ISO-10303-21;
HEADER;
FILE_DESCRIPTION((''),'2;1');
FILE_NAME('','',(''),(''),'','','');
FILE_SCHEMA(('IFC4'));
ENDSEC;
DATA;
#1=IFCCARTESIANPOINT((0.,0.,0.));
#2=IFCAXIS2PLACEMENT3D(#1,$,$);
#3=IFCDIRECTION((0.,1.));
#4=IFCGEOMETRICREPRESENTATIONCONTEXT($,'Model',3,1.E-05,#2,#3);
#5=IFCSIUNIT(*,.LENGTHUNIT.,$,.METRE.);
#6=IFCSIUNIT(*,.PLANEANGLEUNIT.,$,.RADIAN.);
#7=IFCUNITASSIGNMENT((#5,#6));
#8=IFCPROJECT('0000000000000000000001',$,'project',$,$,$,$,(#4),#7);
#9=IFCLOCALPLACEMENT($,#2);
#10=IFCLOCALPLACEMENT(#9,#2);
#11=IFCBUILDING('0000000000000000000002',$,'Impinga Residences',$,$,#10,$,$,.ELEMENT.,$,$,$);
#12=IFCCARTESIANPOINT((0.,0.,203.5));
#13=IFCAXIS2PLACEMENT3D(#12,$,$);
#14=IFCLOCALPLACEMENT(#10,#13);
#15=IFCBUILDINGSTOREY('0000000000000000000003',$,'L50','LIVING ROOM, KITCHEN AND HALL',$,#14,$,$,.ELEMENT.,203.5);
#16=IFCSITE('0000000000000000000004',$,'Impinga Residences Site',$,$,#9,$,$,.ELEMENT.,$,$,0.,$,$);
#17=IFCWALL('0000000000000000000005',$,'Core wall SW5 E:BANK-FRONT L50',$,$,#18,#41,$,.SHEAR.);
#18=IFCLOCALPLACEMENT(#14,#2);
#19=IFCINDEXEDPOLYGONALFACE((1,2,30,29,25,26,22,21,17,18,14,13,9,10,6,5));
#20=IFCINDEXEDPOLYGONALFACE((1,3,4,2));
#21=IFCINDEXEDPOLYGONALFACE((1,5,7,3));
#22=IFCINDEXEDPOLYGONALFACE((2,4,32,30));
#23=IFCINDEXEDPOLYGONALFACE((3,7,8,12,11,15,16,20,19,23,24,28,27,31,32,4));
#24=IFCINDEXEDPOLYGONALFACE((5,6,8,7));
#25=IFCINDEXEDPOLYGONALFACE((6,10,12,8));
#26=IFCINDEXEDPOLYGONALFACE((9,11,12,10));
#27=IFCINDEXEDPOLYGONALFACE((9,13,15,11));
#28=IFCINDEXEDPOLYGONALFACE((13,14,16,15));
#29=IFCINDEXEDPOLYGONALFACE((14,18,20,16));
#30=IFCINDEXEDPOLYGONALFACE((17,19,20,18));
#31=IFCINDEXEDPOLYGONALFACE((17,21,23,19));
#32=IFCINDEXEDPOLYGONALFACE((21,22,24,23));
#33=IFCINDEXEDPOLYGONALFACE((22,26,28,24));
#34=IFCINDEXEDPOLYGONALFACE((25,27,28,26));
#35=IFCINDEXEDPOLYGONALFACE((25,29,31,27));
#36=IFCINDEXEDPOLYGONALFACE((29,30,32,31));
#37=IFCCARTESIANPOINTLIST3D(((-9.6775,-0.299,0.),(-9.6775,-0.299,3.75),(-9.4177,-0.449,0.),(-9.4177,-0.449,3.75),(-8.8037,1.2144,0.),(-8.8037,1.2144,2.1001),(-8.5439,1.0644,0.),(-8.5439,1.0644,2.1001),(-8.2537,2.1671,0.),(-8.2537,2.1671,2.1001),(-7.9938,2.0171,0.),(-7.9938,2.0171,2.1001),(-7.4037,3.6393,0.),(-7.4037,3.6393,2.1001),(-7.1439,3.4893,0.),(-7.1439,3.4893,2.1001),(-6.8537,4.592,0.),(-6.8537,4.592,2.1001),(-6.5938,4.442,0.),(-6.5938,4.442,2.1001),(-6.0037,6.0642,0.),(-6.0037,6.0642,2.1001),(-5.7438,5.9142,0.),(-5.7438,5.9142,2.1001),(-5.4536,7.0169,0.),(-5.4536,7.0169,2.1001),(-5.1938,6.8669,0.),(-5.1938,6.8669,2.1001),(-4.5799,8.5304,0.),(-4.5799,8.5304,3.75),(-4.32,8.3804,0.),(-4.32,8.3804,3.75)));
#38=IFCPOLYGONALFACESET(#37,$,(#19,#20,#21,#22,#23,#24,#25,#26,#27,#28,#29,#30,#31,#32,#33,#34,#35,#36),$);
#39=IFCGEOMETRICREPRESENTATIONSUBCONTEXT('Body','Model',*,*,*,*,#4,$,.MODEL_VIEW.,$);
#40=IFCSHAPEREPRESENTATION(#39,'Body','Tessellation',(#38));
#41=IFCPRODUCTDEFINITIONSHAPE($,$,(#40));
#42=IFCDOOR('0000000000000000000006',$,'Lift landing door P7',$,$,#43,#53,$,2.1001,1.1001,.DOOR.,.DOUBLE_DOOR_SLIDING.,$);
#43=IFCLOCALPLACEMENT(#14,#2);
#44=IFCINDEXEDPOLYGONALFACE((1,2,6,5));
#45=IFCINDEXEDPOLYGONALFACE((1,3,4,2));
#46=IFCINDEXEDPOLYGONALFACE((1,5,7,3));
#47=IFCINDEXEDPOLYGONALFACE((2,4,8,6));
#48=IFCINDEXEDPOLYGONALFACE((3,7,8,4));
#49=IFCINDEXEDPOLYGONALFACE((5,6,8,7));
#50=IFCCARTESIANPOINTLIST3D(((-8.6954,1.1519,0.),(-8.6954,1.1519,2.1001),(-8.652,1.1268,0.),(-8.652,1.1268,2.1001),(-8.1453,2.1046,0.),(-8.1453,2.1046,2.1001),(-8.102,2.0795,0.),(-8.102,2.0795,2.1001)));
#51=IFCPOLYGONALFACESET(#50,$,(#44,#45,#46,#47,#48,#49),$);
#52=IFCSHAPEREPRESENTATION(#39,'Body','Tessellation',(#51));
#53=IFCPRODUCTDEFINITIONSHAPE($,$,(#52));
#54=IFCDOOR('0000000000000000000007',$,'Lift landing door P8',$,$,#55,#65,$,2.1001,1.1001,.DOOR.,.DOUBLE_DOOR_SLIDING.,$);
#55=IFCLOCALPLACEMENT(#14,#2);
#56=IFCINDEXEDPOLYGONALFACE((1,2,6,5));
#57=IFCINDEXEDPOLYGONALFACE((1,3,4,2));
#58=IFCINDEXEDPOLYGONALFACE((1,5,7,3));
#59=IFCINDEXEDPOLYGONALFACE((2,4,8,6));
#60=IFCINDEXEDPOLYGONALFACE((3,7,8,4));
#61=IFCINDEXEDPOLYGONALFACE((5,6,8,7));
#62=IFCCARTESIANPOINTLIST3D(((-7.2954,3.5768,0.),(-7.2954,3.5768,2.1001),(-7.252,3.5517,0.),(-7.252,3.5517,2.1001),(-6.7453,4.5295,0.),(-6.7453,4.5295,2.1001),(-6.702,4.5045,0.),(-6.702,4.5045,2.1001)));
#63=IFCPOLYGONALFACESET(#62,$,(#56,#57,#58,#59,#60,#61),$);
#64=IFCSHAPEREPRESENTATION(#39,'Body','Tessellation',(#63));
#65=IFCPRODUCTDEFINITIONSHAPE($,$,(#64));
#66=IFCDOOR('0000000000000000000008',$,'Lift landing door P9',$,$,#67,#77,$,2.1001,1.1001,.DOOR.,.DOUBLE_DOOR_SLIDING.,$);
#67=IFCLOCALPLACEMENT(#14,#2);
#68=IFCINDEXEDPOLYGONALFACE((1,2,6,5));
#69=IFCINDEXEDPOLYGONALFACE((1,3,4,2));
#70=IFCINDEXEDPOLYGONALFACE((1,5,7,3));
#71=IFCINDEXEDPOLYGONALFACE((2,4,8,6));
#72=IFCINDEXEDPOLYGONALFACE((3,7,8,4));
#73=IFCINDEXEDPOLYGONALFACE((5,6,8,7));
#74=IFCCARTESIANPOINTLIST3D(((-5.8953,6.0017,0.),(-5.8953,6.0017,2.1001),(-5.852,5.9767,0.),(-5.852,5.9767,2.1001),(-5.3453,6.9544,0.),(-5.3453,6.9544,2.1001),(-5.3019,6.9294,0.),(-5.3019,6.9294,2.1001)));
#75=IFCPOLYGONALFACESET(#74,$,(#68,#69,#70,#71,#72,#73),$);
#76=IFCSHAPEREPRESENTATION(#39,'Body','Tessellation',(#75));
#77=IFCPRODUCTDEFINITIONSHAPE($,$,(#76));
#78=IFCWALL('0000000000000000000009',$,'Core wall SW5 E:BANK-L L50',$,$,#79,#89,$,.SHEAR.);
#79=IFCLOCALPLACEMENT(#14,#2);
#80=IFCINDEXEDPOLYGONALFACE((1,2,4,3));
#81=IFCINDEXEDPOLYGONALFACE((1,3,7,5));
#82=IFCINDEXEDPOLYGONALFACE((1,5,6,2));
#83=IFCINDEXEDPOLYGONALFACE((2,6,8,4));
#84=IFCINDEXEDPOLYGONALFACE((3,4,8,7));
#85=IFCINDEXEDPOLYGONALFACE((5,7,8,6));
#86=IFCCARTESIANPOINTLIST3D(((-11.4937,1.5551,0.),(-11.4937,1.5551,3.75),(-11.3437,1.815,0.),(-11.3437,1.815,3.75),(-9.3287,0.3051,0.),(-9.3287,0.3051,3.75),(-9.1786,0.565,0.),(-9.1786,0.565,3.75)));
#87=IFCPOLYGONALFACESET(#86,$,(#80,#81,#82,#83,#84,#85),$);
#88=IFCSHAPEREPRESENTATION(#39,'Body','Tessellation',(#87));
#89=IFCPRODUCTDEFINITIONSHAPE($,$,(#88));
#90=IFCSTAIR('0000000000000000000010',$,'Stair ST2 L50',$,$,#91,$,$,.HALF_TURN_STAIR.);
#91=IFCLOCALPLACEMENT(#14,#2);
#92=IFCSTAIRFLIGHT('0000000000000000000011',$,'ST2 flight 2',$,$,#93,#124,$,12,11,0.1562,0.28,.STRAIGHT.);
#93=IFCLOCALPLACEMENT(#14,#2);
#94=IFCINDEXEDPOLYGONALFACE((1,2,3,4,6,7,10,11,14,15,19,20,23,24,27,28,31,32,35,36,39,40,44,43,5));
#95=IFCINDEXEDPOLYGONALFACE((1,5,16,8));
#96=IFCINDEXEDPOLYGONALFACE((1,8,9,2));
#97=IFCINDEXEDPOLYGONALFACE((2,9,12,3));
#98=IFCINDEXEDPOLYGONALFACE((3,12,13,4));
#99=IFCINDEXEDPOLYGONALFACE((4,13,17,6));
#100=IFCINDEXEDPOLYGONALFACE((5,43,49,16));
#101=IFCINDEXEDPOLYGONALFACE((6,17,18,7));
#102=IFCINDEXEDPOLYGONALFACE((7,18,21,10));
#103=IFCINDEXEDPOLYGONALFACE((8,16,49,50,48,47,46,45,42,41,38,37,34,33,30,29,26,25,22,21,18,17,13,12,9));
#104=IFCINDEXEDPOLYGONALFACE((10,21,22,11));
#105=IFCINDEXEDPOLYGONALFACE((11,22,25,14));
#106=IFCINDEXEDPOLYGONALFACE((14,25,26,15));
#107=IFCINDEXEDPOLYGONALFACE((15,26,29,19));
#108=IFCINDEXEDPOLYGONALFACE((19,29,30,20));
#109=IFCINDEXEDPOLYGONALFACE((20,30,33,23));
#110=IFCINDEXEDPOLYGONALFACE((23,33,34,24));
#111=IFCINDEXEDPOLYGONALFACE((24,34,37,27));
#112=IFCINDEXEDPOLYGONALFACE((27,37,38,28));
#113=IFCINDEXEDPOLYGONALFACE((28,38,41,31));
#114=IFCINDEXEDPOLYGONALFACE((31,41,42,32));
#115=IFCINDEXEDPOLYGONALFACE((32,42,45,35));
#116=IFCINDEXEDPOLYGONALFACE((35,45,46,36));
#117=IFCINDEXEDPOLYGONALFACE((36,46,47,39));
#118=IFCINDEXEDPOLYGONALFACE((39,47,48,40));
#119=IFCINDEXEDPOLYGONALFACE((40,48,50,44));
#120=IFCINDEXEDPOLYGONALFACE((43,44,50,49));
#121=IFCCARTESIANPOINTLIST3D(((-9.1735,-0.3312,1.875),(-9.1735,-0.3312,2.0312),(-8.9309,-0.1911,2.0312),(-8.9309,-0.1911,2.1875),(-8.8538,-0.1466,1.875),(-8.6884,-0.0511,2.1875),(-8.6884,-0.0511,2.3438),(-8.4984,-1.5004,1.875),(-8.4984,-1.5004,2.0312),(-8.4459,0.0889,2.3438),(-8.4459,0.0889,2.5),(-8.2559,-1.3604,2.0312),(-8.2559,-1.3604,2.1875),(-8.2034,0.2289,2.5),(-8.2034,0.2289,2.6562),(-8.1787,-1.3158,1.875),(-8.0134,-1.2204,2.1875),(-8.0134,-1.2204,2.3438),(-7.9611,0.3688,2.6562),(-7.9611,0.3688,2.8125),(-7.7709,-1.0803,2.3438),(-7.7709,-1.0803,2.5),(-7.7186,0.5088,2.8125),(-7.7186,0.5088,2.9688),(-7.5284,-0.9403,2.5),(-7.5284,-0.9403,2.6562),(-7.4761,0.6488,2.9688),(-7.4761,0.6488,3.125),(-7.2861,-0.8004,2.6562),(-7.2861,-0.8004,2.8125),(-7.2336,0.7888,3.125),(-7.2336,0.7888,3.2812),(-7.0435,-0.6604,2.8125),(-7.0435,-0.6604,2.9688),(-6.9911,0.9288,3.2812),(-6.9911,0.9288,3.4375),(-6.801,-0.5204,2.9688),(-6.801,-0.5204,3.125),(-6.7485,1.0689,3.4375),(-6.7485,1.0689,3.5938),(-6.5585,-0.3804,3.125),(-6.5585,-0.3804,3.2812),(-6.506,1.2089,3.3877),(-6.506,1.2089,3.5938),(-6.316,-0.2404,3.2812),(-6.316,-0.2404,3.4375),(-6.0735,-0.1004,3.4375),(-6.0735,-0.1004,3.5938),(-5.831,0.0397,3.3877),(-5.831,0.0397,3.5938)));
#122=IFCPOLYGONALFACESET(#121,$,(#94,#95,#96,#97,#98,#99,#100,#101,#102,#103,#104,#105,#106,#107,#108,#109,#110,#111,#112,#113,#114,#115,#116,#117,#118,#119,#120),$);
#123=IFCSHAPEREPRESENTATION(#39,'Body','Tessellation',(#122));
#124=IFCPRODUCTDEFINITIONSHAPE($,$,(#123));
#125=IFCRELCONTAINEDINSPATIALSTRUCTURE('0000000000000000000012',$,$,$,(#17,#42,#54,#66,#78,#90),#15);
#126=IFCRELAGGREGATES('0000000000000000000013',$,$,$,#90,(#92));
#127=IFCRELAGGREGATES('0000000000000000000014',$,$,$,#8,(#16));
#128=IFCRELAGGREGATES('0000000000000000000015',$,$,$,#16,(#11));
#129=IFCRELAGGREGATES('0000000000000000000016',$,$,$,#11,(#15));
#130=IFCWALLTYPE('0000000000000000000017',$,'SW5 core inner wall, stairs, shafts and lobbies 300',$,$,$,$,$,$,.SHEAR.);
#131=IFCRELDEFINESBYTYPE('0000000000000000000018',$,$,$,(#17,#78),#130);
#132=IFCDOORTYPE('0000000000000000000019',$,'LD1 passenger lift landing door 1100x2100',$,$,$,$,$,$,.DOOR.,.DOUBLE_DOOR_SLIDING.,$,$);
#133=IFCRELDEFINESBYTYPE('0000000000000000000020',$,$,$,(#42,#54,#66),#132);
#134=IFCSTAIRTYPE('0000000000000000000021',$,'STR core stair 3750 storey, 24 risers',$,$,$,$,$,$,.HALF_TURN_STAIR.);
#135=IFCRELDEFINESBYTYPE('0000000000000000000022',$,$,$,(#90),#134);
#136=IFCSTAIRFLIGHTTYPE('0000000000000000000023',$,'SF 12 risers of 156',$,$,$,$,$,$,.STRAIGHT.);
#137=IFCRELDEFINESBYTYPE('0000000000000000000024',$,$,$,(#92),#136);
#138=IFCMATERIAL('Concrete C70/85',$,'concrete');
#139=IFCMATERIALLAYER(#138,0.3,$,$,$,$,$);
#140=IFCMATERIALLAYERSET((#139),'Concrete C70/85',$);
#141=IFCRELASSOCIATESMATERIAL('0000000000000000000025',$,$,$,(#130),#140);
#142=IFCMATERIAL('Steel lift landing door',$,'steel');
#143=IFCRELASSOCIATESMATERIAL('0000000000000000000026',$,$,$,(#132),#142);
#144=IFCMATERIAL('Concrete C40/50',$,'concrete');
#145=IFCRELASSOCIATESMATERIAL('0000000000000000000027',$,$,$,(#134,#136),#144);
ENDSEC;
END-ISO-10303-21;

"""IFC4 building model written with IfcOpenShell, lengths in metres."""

from ifc_helpers import new_model, si_unit, direction, frame, frame_2d, origin, place, context, subcontext, project, spatial, polyline, rectangle, outline, extrude, material, layer, layer_set, type_object, element, fill, aggregate, save


model = new_model("IFC4")

# Units and contexts
model_context = context("Model", 3, precision=1e-05, world=origin(), true_north=direction((0.0, 1.0)))
body_context = subcontext(model_context, "Body", "Model", "MODEL_VIEW")
ifc_project = project(units=[si_unit("LENGTHUNIT", "METRE"), si_unit("PLANEANGLEUNIT", "RADIAN")], contexts=[model_context])

# Site, building, storey
site_placement = place(None, origin())
site = spatial("IfcSite", under=ifc_project, at=site_placement, Name="Impinga Residences Site", CompositionType="ELEMENT", RefElevation=0.0)
building_placement = place(site_placement, origin())
building = spatial("IfcBuilding", under=site, at=building_placement, Name="Impinga Residences", CompositionType="ELEMENT")
storey_placement = place(building_placement, frame((0.0, 0.0, 203.5)))
storey = spatial("IfcBuildingStorey", under=building, at=storey_placement, Name="L50", Description="LIVING ROOM, KITCHEN AND HALL", CompositionType="ELEMENT", Elevation=203.5)

# Wall, openings, doors
ifc_material_1 = material(Name="Concrete C70/85", Category="concrete")
ifc_layer_1 = layer(ifc_material_1, 0.3)
ifc_layer_set_1 = layer_set([ifc_layer_1], Name="Concrete C70/85")
wall_type_1 = type_object("IfcWallType", Name="SW5 core inner wall, stairs, shafts and lobbies 300", PredefinedType="SHEAR", material=ifc_layer_set_1)
wall_1_placement = place(storey_placement, frame((-9.5476, -0.374, 0.0), z_axis=(0.0, 0.0, 1.0), x_axis=(0.500002, 0.866024, 0.0)))
wall_1 = element("IfcWall", 1, at=wall_1_placement, inside=storey, type_object=wall_type_1, Name="Core wall SW5 E:BANK-FRONT L50", PredefinedType="SHEAR", context=body_context, shape_type="SweptSolid", body=[
    extrude(rectangle(XDim=10.1953, YDim=0.3, at=frame_2d((5.0977, 0.0))), origin(), (0.0, 0.0, 1.0), 3.75),
])
opening_1_placement = place(wall_1_placement, frame((1.7476, 0.0, 0.0)))
opening_1 = element("IfcOpeningElement", 2, at=opening_1_placement, cuts=wall_1, PredefinedType="OPENING", context=body_context, shape_type="SweptSolid", body=[
    extrude(rectangle(XDim=1.1001, YDim=2.1001, at=frame_2d((0.55, 1.05))), frame((0.0, 0.1599, 0.0), z_axis=(0.0, -1.0, 0.0), x_axis=(1.0, 0.0, 0.0)), (0.0, 0.0, 1.0), 0.3201),
])
opening_2_placement = place(wall_1_placement, frame((4.5476, 0.0, 0.0)))
opening_2 = element("IfcOpeningElement", 3, at=opening_2_placement, cuts=wall_1, PredefinedType="OPENING", context=body_context, shape_type="SweptSolid", body=[
    extrude(rectangle(XDim=1.1001, YDim=2.1001, at=frame_2d((0.55, 1.05))), frame((0.0, 0.1599, 0.0), z_axis=(0.0, -1.0, 0.0), x_axis=(1.0, 0.0, 0.0)), (0.0, 0.0, 1.0), 0.3201),
])
opening_3_placement = place(wall_1_placement, frame((7.3477, 0.0, 0.0)))
opening_3 = element("IfcOpeningElement", 4, at=opening_3_placement, cuts=wall_1, PredefinedType="OPENING", context=body_context, shape_type="SweptSolid", body=[
    extrude(rectangle(XDim=1.1001, YDim=2.1001, at=frame_2d((0.55, 1.05))), frame((0.0, 0.1599, 0.0), z_axis=(0.0, -1.0, 0.0), x_axis=(1.0, 0.0, 0.0)), (0.0, 0.0, 1.0), 0.3201),
])
ifc_material_2 = material(Name="Steel lift landing door", Category="steel")
door_type_1 = type_object("IfcDoorType", Name="LD1 passenger lift landing door 1100x2100", OperationType="DOUBLE_DOOR_SLIDING", PredefinedType="DOOR", material=ifc_material_2)
door_1_placement = place(opening_1_placement, origin())
door_1 = element("IfcDoor", 5, at=door_1_placement, inside=storey, type_object=door_type_1, Name="Lift landing door P7", OperationType="DOUBLE_DOOR_SLIDING", OverallHeight=2.1001, OverallWidth=1.1001, PredefinedType="DOOR", context=body_context, shape_type="SweptSolid", body=[
    extrude(rectangle(XDim=1.1001, YDim=2.1001, at=frame_2d((0.55, 1.05))), frame((0.0, 0.0249, 0.0), z_axis=(0.0, -1.0, 0.0), x_axis=(1.0, 0.0, 0.0)), (0.0, 0.0, 1.0), 0.05),
])
fill(opening_1, door_1)
door_2_placement = place(opening_2_placement, origin())
door_2 = element("IfcDoor", 6, at=door_2_placement, inside=storey, type_object=door_type_1, Name="Lift landing door P8", OperationType="DOUBLE_DOOR_SLIDING", OverallHeight=2.1001, OverallWidth=1.1001, PredefinedType="DOOR", context=body_context, shape_type="SweptSolid", body=[
    extrude(rectangle(XDim=1.1001, YDim=2.1001, at=frame_2d((0.55, 1.05))), frame((0.0, 0.0249, 0.0), z_axis=(0.0, -1.0, 0.0), x_axis=(1.0, 0.0, 0.0)), (0.0, 0.0, 1.0), 0.05),
])
fill(opening_2, door_2)
door_3_placement = place(opening_3_placement, origin())
door_3 = element("IfcDoor", 7, at=door_3_placement, inside=storey, type_object=door_type_1, Name="Lift landing door P9", OperationType="DOUBLE_DOOR_SLIDING", OverallHeight=2.1001, OverallWidth=1.1001, PredefinedType="DOOR", context=body_context, shape_type="SweptSolid", body=[
    extrude(rectangle(XDim=1.1001, YDim=2.1001, at=frame_2d((0.55, 1.05))), frame((0.0, 0.0249, 0.0), z_axis=(0.0, -1.0, 0.0), x_axis=(1.0, 0.0, 0.0)), (0.0, 0.0, 1.0), 0.05),
])
fill(opening_3, door_3)

# Wall
wall_2_placement = place(storey_placement, frame((-9.2537, 0.4351, 0.0), z_axis=(0.0, 0.0, 1.0), x_axis=(-0.866023, 0.500004, 0.0)))
element("IfcWall", 8, at=wall_2_placement, inside=storey, type_object=wall_type_1, Name="Core wall SW5 E:BANK-L L50", PredefinedType="SHEAR", context=body_context, shape_type="SweptSolid", body=[
    extrude(rectangle(XDim=2.5, YDim=0.3, at=frame_2d((1.25, 0.0))), origin(), (0.0, 0.0, 1.0), 3.75),
])

# Stair, stair flight
ifc_material_3 = material(Name="Concrete C40/50", Category="concrete")
stair_type = type_object("IfcStairType", Name="STR core stair 3750 storey, 24 risers", PredefinedType="HALF_TURN_STAIR", material=ifc_material_3)
stair_placement = place(storey_placement, origin())
stair = element("IfcStair", 9, at=stair_placement, inside=storey, type_object=stair_type, Name="Stair ST2 L50", PredefinedType="HALF_TURN_STAIR")
stair_flight_type = type_object("IfcStairFlightType", Name="SF 12 risers of 156", PredefinedType="STRAIGHT", material=ifc_material_3)
stair_flight_placement = place(storey_placement, frame((-8.8359, -0.9158, 1.875), z_axis=(0.0, 0.0, 1.0), x_axis=(0.866025, 0.5, 0.0)))
stair_flight = element("IfcStairFlight", 10, at=stair_flight_placement, type_object=stair_flight_type, Name="ST2 flight 2", NumberOfRisers=12, NumberOfTreads=11, PredefinedType="STRAIGHT", RiserHeight=0.1562, TreadLength=0.28, context=body_context, shape_type="SweptSolid", body=[
    extrude(outline(polyline([(0.0, 0.0), (0.0, 0.1562), (0.28, 0.1562), (0.28, 0.3125), (0.5601, 0.3125), (0.5601, 0.4688), (0.8401, 0.4688), (0.8401, 0.625), (1.1201, 0.625), (1.1201, 0.7812), (1.3999, 0.7812), (1.3999, 0.9375), (1.6799, 0.9375), (1.6799, 1.0938), (1.96, 1.0938), (1.96, 1.25), (2.24, 1.25), (2.24, 1.4062), (2.52, 1.4062), (2.52, 1.5625), (2.8, 1.5625), (2.8, 1.7188), (3.0801, 1.7188), (3.0801, 1.875), (3.0801, 1.5127), (0.3691, 0.0), (0.0, 0.0)])), frame((0.0, 0.675, 0.0), z_axis=(0.0, -1.0, 0.0), x_axis=(1.0, 0.0, 0.0)), (0.0, 0.0, 1.0), 1.3501),
])
aggregate(stair, [stair_flight])

save(model, "model.ifc")
